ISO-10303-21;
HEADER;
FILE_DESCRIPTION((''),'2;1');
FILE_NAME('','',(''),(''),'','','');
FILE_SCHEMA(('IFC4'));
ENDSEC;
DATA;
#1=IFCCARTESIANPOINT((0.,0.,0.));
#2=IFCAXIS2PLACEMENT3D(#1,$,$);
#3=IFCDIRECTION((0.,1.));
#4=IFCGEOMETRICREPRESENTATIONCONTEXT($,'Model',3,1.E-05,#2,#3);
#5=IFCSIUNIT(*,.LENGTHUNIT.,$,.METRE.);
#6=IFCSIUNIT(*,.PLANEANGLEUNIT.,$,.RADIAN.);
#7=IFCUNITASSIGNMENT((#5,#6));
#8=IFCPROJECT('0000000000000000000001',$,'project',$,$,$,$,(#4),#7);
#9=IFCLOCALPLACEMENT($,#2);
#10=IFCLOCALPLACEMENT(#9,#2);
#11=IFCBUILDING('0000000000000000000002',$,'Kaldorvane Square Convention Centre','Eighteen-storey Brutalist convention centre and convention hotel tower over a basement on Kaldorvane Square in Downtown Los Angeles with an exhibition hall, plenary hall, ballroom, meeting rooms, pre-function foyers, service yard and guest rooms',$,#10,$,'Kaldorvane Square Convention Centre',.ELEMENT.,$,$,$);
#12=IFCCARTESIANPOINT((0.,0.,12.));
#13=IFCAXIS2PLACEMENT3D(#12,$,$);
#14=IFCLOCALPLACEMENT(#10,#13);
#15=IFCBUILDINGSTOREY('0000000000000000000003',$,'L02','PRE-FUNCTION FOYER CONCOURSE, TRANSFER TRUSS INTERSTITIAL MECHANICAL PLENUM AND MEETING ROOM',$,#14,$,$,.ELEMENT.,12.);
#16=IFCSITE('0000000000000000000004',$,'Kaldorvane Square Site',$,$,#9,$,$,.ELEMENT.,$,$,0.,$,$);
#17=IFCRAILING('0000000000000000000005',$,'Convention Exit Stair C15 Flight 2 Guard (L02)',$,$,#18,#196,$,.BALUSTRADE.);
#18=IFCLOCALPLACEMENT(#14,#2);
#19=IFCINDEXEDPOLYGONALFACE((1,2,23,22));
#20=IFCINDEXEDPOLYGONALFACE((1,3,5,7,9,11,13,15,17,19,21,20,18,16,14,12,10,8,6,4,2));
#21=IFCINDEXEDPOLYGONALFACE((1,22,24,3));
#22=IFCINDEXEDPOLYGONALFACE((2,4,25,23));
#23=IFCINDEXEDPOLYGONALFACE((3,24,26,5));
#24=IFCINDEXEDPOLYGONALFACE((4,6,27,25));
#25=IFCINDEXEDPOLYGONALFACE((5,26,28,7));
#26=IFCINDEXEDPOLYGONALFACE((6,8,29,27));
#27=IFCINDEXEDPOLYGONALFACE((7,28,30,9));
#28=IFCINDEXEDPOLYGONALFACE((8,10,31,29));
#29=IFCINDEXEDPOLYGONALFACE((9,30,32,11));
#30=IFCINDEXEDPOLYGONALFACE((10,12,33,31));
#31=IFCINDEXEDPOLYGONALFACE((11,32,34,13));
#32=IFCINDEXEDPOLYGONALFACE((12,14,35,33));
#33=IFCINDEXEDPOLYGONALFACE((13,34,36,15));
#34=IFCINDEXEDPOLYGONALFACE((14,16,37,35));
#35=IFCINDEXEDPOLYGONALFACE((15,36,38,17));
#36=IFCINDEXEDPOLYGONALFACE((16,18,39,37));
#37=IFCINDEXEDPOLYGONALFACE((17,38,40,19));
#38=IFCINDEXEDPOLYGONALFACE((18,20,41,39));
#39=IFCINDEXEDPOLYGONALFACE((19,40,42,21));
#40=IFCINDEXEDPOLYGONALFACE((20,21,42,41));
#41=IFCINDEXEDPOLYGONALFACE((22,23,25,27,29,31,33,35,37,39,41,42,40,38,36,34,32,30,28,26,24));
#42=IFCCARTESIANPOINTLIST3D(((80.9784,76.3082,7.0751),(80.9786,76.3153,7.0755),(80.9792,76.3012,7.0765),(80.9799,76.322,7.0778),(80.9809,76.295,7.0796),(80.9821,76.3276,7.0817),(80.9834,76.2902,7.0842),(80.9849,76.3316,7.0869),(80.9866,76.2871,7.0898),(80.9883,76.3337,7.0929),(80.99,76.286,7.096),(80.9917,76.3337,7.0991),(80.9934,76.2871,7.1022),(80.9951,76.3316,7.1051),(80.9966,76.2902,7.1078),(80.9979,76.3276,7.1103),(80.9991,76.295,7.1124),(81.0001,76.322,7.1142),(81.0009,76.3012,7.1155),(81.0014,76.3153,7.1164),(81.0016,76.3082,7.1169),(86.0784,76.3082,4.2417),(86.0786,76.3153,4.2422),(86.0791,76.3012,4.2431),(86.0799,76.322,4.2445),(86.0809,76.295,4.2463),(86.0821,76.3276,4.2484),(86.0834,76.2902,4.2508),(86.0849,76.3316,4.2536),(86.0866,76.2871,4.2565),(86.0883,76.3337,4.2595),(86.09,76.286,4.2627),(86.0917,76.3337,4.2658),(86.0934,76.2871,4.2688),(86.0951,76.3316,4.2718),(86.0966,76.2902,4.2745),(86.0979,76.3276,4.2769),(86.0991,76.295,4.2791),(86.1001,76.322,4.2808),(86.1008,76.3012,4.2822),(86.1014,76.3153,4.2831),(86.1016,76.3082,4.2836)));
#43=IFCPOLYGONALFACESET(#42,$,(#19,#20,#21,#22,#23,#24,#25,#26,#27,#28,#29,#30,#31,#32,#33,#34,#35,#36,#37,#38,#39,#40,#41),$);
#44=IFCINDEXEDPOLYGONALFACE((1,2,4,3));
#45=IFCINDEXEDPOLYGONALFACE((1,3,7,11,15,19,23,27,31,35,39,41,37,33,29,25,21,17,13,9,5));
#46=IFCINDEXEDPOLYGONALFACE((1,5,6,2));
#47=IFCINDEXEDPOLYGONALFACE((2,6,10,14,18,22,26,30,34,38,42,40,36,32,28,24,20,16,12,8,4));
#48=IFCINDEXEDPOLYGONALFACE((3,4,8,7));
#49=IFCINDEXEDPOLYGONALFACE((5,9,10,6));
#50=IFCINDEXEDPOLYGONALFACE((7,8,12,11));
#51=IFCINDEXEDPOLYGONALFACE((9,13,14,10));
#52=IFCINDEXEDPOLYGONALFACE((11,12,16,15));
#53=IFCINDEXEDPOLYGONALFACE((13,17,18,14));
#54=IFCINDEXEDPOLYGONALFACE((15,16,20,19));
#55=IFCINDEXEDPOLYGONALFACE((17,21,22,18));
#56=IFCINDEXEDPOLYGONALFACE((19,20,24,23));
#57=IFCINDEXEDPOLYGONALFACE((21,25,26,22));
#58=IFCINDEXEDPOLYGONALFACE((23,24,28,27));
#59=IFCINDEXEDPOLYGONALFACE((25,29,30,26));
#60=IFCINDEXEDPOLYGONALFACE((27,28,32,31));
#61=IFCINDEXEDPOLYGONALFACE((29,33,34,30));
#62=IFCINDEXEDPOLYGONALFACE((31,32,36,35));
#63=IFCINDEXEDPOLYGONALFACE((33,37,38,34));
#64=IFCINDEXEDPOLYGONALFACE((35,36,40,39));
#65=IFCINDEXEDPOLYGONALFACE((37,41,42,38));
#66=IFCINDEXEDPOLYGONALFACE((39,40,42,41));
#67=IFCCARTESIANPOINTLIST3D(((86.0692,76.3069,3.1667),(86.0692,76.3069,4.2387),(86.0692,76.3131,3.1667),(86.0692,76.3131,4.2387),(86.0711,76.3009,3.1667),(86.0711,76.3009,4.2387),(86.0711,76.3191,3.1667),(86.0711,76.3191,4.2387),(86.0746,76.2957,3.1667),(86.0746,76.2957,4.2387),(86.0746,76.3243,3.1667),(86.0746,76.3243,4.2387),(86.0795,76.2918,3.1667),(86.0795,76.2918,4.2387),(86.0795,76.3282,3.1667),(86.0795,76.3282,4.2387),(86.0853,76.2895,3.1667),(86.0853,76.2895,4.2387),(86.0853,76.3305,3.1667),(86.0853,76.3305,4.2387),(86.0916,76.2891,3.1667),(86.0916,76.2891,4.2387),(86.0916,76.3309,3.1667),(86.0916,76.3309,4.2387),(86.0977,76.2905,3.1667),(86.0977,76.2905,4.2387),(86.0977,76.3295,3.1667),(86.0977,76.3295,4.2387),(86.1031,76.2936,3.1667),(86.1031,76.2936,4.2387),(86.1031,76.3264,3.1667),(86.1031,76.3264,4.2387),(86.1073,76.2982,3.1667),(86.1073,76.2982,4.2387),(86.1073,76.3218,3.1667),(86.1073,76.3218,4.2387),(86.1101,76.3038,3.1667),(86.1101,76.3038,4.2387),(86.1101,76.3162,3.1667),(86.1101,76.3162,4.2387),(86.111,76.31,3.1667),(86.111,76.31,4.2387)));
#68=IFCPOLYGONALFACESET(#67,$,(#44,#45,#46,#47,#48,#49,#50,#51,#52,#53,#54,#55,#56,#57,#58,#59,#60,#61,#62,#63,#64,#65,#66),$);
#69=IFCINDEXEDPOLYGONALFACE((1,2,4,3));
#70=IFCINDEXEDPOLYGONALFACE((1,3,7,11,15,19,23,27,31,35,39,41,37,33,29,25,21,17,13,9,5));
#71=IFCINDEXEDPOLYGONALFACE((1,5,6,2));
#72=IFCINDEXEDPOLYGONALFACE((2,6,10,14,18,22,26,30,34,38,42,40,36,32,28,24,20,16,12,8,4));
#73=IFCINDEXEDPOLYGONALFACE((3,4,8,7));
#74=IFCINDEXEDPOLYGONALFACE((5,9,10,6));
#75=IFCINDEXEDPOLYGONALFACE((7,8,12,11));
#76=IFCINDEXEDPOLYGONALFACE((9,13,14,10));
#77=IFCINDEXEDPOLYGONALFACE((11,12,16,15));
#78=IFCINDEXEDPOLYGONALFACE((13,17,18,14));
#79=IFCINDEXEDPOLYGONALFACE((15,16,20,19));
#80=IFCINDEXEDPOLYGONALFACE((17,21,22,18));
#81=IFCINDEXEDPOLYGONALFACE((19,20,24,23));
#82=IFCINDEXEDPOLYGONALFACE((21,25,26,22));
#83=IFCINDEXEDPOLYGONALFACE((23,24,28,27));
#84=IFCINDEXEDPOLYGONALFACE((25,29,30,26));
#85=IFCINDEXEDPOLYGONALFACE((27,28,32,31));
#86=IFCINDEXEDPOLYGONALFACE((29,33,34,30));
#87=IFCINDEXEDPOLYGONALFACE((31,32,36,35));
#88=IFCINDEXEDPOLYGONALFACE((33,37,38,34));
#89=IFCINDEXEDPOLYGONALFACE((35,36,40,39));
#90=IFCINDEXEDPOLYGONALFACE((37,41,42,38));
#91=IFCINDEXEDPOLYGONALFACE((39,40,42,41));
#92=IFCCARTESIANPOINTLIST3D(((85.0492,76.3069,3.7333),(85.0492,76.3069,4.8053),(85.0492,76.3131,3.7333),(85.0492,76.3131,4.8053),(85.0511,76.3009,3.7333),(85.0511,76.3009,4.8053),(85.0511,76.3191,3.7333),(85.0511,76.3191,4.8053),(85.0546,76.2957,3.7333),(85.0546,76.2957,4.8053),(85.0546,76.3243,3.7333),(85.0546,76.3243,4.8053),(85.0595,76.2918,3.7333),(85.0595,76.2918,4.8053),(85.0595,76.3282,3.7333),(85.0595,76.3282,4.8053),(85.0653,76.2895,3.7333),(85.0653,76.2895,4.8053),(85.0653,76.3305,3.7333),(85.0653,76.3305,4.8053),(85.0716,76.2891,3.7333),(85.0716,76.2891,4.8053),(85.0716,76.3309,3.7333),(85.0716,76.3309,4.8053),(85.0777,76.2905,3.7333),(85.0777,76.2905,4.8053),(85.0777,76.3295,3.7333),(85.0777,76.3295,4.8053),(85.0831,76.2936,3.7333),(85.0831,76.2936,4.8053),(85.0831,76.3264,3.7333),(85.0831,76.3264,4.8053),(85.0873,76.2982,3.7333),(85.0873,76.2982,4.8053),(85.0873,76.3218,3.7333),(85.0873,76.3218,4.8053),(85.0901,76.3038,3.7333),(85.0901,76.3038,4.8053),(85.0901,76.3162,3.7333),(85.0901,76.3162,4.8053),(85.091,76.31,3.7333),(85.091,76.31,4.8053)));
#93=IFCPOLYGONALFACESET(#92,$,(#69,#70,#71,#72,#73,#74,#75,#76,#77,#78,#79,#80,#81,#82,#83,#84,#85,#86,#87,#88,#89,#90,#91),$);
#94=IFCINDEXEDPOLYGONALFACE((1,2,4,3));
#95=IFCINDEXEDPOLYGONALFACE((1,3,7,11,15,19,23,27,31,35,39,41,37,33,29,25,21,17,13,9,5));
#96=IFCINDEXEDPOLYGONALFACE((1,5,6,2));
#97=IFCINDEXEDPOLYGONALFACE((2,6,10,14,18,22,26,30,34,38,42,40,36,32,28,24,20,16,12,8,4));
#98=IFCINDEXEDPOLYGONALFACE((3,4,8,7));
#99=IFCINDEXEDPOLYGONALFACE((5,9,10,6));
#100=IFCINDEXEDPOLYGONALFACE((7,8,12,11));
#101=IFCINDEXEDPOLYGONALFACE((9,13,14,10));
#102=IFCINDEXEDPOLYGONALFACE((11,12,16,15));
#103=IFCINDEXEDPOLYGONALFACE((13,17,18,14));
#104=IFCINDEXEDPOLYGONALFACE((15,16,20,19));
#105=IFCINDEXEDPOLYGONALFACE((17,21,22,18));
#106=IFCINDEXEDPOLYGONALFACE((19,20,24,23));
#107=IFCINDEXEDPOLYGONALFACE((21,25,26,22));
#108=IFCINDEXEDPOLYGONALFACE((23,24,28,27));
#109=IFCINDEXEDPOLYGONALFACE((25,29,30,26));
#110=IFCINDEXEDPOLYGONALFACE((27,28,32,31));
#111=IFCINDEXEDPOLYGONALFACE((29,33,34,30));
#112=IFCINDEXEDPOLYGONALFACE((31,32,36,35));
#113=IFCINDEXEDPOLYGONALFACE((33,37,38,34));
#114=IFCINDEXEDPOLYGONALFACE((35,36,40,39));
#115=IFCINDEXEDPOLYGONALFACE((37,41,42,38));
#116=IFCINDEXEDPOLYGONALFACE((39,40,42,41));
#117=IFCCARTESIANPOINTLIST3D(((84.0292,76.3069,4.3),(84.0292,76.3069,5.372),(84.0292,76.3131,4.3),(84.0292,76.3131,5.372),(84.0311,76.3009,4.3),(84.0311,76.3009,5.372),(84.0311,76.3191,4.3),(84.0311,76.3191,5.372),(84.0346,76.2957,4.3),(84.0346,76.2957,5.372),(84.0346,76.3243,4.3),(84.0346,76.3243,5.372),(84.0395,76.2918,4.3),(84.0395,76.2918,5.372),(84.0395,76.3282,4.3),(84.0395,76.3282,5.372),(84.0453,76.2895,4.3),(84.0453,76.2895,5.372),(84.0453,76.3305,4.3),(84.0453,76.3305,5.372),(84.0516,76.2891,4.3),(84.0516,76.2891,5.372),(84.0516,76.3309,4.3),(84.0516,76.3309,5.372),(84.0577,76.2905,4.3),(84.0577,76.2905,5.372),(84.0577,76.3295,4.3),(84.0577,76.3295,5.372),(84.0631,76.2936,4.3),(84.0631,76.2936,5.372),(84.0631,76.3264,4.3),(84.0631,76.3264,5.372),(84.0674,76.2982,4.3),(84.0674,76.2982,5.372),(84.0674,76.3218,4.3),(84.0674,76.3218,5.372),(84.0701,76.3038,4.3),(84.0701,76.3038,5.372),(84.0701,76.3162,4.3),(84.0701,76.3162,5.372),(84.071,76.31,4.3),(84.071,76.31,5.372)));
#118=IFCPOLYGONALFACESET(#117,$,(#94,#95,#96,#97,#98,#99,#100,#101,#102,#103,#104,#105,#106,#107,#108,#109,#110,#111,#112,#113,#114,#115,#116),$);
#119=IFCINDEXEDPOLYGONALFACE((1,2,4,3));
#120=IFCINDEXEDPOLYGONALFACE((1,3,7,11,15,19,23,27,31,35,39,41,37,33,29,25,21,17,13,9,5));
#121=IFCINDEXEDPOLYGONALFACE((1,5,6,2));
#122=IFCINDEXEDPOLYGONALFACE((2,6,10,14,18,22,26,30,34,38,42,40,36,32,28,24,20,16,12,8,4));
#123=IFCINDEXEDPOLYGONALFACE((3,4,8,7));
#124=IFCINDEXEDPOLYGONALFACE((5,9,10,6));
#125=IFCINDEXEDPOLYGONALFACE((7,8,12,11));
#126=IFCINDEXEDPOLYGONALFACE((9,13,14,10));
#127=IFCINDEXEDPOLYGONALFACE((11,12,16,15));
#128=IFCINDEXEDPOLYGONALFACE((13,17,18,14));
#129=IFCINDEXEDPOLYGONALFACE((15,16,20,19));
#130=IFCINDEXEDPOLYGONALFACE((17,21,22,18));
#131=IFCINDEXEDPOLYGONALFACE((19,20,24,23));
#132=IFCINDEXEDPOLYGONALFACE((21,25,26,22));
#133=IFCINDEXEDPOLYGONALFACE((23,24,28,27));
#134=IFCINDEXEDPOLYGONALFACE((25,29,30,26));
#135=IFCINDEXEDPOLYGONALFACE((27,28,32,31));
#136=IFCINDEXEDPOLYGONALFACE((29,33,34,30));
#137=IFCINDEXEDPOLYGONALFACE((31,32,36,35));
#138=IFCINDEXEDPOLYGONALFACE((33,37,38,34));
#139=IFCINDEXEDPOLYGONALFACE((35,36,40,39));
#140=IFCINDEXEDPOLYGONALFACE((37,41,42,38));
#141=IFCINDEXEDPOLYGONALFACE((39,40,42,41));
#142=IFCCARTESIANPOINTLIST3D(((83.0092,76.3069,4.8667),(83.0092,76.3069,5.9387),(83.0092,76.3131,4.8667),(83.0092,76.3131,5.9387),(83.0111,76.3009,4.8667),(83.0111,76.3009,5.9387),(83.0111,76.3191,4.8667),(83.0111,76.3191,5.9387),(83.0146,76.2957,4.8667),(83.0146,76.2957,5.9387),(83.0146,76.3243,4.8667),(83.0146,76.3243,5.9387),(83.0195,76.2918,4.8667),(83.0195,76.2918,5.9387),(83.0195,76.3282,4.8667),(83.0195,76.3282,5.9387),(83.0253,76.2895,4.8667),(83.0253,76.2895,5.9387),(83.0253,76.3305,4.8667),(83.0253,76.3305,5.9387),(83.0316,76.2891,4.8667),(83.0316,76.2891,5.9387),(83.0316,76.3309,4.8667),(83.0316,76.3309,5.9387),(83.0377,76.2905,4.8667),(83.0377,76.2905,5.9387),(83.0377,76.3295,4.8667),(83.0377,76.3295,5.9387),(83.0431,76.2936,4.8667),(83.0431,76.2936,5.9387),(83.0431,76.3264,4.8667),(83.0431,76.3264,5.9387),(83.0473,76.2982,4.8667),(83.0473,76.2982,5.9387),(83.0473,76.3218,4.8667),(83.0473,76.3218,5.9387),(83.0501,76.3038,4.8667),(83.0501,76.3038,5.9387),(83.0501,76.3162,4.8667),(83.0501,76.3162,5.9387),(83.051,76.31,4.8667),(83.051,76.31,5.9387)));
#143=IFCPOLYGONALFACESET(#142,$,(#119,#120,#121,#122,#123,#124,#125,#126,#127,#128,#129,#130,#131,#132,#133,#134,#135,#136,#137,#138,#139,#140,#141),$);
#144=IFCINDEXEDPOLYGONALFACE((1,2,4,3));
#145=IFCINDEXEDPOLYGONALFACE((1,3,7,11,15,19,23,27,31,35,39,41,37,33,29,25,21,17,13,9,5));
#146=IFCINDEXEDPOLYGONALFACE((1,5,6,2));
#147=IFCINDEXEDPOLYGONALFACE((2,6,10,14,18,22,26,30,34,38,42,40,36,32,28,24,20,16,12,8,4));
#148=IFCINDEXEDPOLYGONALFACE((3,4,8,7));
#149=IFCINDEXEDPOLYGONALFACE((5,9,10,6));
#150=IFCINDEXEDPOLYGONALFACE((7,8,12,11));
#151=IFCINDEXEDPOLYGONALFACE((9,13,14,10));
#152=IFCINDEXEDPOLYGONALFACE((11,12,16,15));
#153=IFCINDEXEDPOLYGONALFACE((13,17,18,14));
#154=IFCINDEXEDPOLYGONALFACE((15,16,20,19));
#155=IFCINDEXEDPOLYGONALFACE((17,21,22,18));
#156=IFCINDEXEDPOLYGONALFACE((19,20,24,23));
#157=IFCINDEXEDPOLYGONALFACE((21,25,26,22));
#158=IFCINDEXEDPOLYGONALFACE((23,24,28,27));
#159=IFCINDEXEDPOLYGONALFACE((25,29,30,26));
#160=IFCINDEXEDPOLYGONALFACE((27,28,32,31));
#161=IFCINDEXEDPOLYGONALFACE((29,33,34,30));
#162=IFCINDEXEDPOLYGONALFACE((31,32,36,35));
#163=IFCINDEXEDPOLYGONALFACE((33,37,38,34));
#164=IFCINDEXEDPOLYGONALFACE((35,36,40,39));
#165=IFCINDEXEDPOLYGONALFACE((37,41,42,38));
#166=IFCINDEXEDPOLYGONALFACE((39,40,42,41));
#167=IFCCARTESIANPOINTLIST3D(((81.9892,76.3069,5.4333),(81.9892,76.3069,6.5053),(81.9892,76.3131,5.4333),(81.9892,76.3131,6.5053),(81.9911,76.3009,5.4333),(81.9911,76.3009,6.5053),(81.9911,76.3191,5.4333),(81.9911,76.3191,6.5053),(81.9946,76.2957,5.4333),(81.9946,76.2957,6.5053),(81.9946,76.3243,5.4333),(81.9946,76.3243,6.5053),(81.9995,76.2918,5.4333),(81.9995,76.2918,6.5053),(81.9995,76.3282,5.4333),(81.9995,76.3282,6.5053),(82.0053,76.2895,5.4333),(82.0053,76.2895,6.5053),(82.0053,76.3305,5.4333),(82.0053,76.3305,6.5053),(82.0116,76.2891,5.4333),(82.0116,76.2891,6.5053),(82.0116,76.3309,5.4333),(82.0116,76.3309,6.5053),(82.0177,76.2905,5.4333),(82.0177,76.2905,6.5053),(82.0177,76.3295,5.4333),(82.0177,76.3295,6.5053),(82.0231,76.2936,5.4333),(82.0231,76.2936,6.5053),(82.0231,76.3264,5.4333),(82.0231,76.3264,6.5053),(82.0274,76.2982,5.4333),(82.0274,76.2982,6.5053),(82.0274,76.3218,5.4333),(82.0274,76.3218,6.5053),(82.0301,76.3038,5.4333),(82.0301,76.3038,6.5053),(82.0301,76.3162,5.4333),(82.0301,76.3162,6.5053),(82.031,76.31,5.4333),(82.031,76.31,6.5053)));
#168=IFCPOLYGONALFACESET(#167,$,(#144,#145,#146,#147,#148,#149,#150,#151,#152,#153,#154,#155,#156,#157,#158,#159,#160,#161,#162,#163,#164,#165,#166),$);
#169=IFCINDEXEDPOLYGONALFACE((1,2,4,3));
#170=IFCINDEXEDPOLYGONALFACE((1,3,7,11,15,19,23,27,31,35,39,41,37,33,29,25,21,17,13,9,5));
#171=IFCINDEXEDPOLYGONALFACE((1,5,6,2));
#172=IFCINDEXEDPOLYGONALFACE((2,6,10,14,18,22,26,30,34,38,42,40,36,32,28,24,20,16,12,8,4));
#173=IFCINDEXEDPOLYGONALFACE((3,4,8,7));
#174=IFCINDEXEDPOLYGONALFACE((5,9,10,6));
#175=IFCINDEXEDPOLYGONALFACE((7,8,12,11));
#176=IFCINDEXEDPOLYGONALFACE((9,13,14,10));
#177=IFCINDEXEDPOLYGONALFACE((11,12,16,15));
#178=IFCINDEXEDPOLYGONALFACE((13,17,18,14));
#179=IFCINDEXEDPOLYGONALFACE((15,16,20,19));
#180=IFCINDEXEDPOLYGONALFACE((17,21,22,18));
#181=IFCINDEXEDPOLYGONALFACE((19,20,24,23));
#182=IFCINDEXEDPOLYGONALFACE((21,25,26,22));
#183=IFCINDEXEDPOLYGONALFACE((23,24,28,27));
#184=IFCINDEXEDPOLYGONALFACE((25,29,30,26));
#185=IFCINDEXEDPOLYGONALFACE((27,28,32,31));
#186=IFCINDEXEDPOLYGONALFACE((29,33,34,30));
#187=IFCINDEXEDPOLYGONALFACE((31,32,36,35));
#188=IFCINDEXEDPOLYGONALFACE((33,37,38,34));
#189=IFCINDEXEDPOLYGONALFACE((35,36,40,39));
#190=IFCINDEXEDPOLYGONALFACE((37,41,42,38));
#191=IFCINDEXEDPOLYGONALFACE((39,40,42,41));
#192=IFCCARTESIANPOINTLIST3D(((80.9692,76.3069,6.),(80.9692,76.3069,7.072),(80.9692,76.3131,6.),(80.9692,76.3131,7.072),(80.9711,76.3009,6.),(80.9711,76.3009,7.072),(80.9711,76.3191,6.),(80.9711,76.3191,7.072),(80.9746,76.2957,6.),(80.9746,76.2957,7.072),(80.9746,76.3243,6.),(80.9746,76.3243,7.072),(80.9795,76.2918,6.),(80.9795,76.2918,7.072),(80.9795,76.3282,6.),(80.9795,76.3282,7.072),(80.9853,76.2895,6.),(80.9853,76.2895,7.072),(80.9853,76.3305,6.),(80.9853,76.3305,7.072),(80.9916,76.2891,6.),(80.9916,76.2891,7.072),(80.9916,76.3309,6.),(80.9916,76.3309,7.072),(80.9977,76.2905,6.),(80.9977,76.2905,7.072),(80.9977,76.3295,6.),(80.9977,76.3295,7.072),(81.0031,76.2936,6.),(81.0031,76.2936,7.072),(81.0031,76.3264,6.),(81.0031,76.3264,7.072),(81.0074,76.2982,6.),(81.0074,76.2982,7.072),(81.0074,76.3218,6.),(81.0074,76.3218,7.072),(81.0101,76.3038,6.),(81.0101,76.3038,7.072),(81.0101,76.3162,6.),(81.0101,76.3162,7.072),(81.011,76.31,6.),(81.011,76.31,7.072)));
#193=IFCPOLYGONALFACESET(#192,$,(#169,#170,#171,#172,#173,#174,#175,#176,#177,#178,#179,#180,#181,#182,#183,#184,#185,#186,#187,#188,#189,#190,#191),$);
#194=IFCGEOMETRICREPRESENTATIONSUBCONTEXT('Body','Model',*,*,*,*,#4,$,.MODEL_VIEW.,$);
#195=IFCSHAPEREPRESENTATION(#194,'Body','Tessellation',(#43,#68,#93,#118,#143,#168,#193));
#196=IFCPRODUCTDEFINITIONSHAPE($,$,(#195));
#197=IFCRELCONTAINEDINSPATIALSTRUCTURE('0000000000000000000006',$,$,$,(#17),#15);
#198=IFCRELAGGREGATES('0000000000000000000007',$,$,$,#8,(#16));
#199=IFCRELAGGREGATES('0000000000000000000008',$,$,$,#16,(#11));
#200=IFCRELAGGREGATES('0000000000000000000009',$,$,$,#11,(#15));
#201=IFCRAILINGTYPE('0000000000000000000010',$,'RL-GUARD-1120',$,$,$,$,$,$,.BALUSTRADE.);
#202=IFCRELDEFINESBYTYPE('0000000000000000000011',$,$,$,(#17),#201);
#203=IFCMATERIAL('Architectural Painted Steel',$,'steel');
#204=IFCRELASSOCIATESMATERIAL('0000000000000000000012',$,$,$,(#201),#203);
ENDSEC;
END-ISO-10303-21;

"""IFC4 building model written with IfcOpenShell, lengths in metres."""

from ifc_helpers import new_model, si_unit, direction, frame, origin, origin_2d, place, context, subcontext, project, spatial, circle, extrude, material, type_object, element, save


model = new_model("IFC4")

# Units and contexts
model_context = context("Model", 3, precision=1e-05, world=origin(), true_north=direction((0.0, 1.0)))
body_context = subcontext(model_context, "Body", "Model", "MODEL_VIEW")
ifc_project = project(units=[si_unit("LENGTHUNIT", "METRE"), si_unit("PLANEANGLEUNIT", "RADIAN")], contexts=[model_context])

# Site, building, storey
site_placement = place(None, origin())
site = spatial("IfcSite", under=ifc_project, at=site_placement, Name="Kaldorvane Square Site", CompositionType="ELEMENT", RefElevation=0.0)
building_placement = place(site_placement, origin())
building = spatial("IfcBuilding", under=site, at=building_placement, Name="Kaldorvane Square Convention Centre", Description="Eighteen-storey Brutalist convention centre and convention hotel tower over a basement on Kaldorvane Square in Downtown Los Angeles with an exhibition hall, plenary hall, ballroom, meeting rooms, pre-function foyers, service yard and guest rooms", LongName="Kaldorvane Square Convention Centre", CompositionType="ELEMENT")
storey_placement = place(building_placement, frame((0.0, 0.0, 12.0)))
storey = spatial("IfcBuildingStorey", under=building, at=storey_placement, Name="L02", Description="PRE-FUNCTION FOYER CONCOURSE, TRANSFER TRUSS INTERSTITIAL MECHANICAL PLENUM AND MEETING ROOM", CompositionType="ELEMENT", Elevation=12.0)

# Railing
ifc_material_1 = material(Name="Architectural Painted Steel", Category="steel")
railing_type_1 = type_object("IfcRailingType", Name="RL-GUARD-1120", PredefinedType="BALUSTRADE", material=ifc_material_1)
railing_1_placement = place(storey_placement, frame((86.09, 76.31, 3.1667)))
element("IfcRailing", 1, at=railing_1_placement, inside=storey, type_object=railing_type_1, Name="Convention Exit Stair C15 Flight 2 Guard (L02)", PredefinedType="BALUSTRADE", context=body_context, shape_type="SweptSolid", body=[
    extrude(circle(Radius=0.024, at=origin_2d()), frame((0.0, 0.0, 1.096), z_axis=(-0.874157, 0.0, 0.485643), x_axis=(0.0, -1.0, 0.0)), (0.0, 0.0, 1.0), 5.8342),
    extrude(circle(Radius=0.021, at=origin_2d()), origin(), (0.0, 0.0, 1.0), 1.072),
    extrude(circle(Radius=0.021, at=origin_2d()), frame((-1.02, 0.0, 0.5667)), (0.0, 0.0, 1.0), 1.072),
    extrude(circle(Radius=0.021, at=origin_2d()), frame((-2.04, 0.0, 1.1333)), (0.0, 0.0, 1.0), 1.072),
    extrude(circle(Radius=0.021, at=origin_2d()), frame((-3.06, 0.0, 1.7)), (0.0, 0.0, 1.0), 1.072),
    extrude(circle(Radius=0.021, at=origin_2d()), frame((-4.08, 0.0, 2.2667)), (0.0, 0.0, 1.0), 1.072),
    extrude(circle(Radius=0.021, at=origin_2d()), frame((-5.1, 0.0, 2.8333)), (0.0, 0.0, 1.0), 1.072),
])

save(model, "model.ifc")
